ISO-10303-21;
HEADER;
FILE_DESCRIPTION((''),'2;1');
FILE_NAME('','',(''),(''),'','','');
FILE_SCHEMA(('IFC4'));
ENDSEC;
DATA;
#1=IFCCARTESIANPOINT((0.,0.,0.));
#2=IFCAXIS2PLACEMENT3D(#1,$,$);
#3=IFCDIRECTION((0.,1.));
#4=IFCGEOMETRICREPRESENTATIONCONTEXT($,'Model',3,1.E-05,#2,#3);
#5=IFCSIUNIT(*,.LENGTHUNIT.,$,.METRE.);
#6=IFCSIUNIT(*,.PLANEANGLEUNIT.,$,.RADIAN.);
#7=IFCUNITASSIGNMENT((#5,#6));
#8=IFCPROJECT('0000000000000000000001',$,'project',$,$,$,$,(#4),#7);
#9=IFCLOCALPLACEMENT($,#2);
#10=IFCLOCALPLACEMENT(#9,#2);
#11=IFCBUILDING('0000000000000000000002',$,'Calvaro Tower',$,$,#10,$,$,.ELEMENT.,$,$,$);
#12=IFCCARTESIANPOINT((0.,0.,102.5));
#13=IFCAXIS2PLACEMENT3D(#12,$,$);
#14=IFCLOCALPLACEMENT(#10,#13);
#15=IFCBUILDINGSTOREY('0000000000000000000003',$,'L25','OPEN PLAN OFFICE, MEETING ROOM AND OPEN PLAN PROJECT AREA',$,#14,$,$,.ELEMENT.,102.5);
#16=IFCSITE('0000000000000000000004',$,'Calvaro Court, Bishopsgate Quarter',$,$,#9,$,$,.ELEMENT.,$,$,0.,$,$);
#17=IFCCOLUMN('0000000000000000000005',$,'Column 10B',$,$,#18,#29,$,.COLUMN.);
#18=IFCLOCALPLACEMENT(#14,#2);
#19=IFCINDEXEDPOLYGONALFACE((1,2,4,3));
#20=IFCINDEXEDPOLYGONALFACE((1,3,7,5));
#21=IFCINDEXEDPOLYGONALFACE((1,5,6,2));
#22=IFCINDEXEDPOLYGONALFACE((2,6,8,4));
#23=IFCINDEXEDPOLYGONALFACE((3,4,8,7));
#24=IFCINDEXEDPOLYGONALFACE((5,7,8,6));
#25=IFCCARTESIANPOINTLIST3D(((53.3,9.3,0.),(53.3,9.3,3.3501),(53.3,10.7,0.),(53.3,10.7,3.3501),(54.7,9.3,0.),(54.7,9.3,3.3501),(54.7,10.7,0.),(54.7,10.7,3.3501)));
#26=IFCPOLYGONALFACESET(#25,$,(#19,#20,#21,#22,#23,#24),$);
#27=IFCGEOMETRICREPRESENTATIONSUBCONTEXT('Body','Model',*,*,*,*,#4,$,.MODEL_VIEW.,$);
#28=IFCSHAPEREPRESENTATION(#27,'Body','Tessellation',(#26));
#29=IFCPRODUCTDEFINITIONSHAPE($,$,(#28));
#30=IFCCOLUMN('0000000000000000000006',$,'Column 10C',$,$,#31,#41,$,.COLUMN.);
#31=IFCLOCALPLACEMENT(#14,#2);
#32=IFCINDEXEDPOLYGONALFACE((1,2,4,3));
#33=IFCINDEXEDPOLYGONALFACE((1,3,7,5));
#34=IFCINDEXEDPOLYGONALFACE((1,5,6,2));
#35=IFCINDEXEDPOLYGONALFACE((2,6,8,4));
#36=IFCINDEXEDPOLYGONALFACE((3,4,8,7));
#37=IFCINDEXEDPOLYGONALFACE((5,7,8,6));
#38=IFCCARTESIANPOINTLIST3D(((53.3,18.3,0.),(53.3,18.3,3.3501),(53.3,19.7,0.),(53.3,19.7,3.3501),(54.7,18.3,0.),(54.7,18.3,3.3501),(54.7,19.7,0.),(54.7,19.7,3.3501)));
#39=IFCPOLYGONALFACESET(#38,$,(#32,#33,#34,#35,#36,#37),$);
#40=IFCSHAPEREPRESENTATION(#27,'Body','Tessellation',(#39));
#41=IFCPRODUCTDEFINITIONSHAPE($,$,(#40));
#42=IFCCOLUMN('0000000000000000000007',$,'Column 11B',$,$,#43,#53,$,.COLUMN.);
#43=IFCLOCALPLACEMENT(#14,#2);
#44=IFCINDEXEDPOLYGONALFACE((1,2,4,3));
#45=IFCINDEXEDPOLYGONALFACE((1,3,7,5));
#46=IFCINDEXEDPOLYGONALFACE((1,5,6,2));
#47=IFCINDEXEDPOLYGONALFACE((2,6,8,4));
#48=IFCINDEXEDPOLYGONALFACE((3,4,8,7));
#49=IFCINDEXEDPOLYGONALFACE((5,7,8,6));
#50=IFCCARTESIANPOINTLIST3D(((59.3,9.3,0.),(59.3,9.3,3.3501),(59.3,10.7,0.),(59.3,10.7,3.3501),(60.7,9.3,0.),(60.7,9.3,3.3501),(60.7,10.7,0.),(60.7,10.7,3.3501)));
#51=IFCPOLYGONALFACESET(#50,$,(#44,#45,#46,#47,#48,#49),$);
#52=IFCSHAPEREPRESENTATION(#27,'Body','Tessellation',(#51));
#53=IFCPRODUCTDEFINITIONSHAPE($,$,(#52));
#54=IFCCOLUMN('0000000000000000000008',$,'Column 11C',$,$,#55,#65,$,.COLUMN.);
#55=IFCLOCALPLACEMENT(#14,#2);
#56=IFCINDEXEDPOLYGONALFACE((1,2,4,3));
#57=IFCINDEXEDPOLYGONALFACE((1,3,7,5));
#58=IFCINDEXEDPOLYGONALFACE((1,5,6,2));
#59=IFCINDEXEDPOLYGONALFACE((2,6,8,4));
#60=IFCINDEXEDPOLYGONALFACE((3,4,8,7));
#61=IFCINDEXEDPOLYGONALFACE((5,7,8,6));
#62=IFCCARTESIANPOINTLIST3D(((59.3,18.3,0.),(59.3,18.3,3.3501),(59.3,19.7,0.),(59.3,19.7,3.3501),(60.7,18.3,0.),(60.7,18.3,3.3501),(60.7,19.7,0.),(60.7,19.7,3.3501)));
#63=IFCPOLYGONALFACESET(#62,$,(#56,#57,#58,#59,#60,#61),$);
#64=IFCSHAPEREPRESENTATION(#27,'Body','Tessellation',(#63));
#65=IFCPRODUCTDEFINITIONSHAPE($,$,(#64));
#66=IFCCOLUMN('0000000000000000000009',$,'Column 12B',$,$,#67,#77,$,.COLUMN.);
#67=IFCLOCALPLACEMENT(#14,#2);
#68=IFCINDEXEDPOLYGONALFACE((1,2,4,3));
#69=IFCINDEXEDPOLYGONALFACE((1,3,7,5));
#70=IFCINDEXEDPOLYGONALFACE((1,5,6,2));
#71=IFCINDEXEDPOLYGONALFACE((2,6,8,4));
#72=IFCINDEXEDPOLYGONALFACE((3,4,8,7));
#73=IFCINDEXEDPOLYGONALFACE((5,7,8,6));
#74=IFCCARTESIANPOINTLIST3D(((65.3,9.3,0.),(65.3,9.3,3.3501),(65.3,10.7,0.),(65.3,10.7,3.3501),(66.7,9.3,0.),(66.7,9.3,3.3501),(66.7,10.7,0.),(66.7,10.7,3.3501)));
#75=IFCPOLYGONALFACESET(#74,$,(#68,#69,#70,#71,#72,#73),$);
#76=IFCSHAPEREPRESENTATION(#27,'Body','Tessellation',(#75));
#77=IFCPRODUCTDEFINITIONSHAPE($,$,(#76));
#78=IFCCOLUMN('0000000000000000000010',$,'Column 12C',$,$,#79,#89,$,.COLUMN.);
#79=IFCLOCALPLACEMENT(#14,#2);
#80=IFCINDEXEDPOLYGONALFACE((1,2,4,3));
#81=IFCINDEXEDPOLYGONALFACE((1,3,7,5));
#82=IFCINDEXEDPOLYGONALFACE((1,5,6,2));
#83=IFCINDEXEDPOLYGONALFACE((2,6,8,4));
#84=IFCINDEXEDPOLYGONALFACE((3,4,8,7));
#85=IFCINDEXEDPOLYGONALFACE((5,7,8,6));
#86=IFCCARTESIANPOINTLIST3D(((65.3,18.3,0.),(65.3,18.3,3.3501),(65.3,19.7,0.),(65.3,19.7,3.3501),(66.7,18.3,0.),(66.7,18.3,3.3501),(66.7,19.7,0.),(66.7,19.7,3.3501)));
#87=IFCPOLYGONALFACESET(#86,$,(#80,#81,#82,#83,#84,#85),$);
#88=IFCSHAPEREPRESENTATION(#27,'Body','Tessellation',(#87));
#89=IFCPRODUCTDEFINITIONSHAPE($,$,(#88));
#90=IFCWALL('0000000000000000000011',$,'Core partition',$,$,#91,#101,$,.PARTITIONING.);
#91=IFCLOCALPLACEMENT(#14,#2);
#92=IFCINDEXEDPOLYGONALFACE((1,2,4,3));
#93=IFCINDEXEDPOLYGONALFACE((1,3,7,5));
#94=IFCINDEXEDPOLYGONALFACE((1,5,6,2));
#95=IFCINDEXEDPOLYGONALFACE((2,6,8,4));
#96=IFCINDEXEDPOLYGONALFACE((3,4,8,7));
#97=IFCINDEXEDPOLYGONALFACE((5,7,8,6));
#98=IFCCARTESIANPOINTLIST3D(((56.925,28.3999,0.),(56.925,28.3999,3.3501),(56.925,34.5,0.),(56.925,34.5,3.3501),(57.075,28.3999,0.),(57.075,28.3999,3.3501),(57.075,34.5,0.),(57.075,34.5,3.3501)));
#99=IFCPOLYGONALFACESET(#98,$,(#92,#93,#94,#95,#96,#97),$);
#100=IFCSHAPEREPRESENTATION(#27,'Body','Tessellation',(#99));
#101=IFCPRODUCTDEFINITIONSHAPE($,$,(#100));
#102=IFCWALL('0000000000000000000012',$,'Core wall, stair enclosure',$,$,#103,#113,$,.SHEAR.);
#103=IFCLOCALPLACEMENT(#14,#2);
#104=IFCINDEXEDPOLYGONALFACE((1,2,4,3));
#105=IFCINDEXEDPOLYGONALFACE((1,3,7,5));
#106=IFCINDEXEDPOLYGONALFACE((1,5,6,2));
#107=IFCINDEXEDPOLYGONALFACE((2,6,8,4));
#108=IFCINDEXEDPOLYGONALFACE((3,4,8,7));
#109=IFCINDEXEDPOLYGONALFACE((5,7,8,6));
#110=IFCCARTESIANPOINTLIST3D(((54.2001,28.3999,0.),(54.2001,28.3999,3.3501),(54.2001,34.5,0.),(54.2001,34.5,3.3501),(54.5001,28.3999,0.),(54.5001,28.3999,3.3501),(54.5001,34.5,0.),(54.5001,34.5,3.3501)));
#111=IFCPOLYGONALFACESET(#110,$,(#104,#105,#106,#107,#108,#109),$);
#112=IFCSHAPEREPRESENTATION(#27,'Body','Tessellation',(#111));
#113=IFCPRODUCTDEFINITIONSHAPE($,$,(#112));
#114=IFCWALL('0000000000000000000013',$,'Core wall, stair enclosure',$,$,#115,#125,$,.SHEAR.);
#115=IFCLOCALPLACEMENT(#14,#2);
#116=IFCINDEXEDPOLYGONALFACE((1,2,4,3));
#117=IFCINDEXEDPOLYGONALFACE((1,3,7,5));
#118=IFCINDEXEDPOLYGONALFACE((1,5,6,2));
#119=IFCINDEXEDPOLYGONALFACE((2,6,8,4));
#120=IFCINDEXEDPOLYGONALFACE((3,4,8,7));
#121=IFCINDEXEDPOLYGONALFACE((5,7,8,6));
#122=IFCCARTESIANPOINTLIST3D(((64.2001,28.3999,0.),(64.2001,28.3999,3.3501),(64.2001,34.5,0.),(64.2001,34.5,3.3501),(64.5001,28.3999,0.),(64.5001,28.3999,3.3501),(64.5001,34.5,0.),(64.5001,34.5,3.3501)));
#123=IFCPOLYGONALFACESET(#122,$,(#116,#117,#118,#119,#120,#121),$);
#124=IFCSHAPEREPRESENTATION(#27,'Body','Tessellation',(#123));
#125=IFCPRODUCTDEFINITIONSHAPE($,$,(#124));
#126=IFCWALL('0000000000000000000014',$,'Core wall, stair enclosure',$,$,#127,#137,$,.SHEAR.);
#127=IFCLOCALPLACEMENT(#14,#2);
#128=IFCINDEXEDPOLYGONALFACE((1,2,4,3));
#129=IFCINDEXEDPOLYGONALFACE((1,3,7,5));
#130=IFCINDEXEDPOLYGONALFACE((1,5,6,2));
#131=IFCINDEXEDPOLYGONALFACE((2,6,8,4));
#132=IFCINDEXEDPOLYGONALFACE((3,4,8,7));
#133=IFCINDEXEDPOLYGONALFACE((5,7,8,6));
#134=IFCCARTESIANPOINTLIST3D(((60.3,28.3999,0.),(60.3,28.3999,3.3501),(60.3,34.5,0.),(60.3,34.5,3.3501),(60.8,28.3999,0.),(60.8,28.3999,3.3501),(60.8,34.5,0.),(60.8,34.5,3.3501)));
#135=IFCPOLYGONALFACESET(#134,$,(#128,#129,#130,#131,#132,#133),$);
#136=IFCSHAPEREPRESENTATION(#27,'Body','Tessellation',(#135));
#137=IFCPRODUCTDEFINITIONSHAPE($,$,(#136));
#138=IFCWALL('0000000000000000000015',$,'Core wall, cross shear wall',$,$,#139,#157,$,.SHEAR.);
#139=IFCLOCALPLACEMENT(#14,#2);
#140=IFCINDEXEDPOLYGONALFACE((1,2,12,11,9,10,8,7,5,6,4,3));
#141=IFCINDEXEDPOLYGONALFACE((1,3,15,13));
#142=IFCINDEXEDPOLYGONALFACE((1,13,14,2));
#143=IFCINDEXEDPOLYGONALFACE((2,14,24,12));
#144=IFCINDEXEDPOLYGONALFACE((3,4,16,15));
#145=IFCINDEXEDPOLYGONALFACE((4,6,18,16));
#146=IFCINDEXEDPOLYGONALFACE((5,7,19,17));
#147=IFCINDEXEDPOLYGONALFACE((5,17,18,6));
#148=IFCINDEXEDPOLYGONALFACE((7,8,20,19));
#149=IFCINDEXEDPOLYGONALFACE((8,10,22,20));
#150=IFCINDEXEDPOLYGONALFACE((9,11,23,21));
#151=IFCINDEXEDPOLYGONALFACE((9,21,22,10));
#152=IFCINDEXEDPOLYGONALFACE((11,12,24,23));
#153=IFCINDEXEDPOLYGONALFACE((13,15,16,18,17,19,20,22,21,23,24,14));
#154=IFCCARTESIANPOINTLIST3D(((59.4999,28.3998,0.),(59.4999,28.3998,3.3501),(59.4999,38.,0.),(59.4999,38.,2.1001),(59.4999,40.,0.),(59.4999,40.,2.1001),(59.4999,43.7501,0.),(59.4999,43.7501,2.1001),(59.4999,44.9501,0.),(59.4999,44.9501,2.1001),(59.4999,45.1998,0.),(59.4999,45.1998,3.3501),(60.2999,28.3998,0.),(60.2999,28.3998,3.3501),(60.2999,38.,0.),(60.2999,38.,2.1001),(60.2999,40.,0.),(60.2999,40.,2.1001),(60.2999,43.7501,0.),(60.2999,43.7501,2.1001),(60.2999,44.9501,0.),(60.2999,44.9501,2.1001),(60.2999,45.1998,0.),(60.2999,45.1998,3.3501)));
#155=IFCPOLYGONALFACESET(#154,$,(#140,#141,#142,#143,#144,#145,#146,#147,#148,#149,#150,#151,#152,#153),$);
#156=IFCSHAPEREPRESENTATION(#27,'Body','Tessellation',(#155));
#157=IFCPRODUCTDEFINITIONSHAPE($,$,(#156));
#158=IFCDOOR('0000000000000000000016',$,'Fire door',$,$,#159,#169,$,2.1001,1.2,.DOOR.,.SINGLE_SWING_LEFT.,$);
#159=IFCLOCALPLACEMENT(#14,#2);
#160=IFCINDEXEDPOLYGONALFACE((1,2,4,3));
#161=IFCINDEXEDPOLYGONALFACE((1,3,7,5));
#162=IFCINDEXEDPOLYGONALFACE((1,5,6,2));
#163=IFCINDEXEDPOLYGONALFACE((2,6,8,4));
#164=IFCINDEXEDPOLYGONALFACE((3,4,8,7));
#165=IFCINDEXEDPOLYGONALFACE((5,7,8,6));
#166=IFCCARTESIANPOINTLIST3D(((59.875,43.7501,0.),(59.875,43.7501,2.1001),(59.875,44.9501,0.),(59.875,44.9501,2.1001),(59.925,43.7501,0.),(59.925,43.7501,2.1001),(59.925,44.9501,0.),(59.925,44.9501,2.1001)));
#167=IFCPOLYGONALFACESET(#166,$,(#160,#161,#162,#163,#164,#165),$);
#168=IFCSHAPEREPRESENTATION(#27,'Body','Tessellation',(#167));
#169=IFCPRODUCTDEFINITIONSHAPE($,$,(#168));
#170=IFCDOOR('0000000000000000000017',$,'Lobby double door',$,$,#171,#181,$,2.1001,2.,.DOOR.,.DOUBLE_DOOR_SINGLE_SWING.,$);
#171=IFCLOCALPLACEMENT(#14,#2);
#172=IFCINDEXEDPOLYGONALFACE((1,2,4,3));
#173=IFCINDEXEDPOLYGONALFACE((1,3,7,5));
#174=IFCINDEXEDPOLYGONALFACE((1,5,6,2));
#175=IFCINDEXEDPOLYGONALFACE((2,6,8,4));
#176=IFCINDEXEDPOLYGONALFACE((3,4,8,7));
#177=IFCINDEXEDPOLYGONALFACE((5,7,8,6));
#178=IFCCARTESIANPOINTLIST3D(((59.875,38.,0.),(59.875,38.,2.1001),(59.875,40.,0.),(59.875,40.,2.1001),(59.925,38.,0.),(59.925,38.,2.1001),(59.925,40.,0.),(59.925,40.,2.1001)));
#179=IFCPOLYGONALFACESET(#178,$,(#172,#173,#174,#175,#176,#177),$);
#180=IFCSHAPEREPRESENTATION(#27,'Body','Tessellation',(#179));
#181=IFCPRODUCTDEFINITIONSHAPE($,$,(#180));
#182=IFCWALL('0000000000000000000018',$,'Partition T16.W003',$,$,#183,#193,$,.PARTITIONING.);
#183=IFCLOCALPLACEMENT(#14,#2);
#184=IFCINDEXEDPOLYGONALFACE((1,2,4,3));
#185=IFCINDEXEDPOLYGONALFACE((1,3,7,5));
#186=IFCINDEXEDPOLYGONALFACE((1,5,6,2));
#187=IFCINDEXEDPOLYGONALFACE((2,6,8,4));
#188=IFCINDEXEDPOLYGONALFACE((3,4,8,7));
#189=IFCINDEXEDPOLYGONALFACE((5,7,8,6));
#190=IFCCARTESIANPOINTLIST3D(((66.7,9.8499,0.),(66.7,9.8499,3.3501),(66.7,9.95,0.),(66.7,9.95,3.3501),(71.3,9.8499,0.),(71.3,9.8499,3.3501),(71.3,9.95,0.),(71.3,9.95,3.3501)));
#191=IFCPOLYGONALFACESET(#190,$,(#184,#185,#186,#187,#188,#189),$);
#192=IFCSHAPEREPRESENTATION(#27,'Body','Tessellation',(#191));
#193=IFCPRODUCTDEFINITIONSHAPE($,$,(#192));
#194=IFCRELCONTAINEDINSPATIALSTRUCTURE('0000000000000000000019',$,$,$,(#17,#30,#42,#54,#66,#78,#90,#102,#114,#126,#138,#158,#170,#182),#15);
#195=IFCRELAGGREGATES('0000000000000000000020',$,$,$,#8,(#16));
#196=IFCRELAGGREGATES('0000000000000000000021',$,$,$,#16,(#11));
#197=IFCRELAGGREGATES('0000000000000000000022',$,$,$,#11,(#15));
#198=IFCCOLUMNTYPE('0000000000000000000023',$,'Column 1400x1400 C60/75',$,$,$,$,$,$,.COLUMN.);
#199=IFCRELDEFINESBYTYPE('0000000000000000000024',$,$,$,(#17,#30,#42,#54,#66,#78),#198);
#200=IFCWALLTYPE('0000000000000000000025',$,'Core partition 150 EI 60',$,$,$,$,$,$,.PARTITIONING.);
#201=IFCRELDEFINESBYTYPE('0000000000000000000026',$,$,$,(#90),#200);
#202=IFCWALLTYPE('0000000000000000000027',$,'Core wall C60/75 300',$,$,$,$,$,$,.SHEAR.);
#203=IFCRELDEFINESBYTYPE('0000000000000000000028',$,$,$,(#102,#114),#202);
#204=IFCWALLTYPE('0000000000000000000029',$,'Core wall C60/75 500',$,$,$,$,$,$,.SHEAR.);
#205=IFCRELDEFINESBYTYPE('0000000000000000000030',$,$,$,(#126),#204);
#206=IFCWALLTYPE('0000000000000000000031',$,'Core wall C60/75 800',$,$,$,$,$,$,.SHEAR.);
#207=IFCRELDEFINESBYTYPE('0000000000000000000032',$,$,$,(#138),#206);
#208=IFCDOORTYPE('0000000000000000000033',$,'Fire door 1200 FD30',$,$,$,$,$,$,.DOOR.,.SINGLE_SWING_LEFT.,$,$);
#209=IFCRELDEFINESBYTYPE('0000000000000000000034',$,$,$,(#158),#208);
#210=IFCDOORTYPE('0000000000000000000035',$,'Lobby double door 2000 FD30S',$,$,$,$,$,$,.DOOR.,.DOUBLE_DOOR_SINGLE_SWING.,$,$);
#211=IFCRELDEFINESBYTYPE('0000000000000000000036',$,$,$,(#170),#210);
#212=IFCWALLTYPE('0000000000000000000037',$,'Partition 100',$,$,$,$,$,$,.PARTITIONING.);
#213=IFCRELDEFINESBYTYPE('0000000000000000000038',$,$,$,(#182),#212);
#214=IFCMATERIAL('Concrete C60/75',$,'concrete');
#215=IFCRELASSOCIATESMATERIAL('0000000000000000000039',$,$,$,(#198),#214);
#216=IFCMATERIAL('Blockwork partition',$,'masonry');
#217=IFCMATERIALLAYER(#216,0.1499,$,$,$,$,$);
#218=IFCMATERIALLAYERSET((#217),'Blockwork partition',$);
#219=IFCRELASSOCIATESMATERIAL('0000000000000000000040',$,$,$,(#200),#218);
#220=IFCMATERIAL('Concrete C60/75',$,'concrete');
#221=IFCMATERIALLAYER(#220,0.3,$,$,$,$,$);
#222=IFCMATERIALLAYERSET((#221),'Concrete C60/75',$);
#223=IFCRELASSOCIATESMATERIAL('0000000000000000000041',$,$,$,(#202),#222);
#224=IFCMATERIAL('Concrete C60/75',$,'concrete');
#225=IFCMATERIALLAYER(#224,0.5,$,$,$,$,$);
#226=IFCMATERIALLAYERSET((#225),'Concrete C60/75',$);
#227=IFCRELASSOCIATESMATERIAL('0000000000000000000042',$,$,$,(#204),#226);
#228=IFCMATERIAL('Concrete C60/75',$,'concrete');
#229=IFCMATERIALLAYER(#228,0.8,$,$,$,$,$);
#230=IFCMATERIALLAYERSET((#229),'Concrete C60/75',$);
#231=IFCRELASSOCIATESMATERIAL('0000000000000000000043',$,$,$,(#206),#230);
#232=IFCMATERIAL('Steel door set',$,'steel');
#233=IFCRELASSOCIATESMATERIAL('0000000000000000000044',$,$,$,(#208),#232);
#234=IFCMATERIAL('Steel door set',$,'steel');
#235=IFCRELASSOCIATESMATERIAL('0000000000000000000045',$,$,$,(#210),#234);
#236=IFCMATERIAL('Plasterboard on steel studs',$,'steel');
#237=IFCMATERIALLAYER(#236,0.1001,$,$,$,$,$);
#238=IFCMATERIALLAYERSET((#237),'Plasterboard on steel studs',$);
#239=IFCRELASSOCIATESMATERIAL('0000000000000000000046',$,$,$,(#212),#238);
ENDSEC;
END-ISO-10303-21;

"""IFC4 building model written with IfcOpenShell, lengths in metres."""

from ifc_helpers import new_model, si_unit, direction, frame, frame_2d, origin, origin_2d, place, context, subcontext, project, spatial, rectangle, extrude, material, layer, layer_set, material_profile, profile_set, type_object, element, fill, save


model = new_model("IFC4")

# Units and contexts
model_context = context("Model", 3, precision=1e-05, world=origin(), true_north=direction((0.0, 1.0)))
body_context = subcontext(model_context, "Body", "Model", "MODEL_VIEW")
ifc_project = project(units=[si_unit("LENGTHUNIT", "METRE"), si_unit("PLANEANGLEUNIT", "RADIAN")], contexts=[model_context])

# Site, building, storey
site_placement = place(None, origin())
site = spatial("IfcSite", under=ifc_project, at=site_placement, Name="Calvaro Court, Bishopsgate Quarter", CompositionType="ELEMENT", RefElevation=0.0)
building_placement = place(site_placement, origin())
building = spatial("IfcBuilding", under=site, at=building_placement, Name="Calvaro Tower", CompositionType="ELEMENT")
storey_placement = place(building_placement, frame((0.0, 0.0, 102.5)))
storey = spatial("IfcBuildingStorey", under=building, at=storey_placement, Name="L25", Description="OPEN PLAN OFFICE, MEETING ROOM AND OPEN PLAN PROJECT AREA", CompositionType="ELEMENT", Elevation=102.5)

# Columns
ifc_material_1 = material(Name="Concrete C60/75", Category="concrete")
ifc_material_profile = material_profile(ifc_material_1, rectangle(XDim=1.3999, YDim=1.3999, at=origin_2d()), Name="RC 1400x1400")
ifc_profile_set = profile_set([ifc_material_profile], Name="Concrete C60/75")
column_type = type_object("IfcColumnType", Name="Column 1400x1400 C60/75", PredefinedType="COLUMN", material=ifc_profile_set)
for number, where, z_axis, x_axis, name in (
    (1, (54.0, 10.0, 0.0), (0.0, 0.0, 1.0), (1.0, 0.0, 0.0), "Column 10B"),
    (2, (54.0, 19.0, 0.0), (0.0, 0.0, 1.0), (1.0, 0.0, 0.0), "Column 10C"),
    (3, (60.0, 10.0, 0.0), (0.0, 0.0, 1.0), (1.0, 0.0, 0.0), "Column 11B"),
    (4, (60.0, 19.0, 0.0), (0.0, 0.0, 1.0), (1.0, 0.0, 0.0), "Column 11C"),
    (5, (66.0, 10.0, 0.0), (0.0, 0.0, 1.0), (1.0, 0.0, 0.0), "Column 12B"),
    (6, (66.0, 19.0, 0.0), (0.0, 0.0, 1.0), (1.0, 0.0, 0.0), "Column 12C"),
):
    element("IfcColumn", number, at=place(storey_placement, frame(where, z_axis=z_axis, x_axis=x_axis)), inside=storey, type_object=column_type, Name=name, PredefinedType="COLUMN", context=body_context, shape_type="SweptSolid", body=[
        extrude(rectangle(XDim=1.3999, YDim=1.3999, at=origin_2d()), origin(), (0.0, 0.0, 1.0), 3.3501),
    ])

# Walls
ifc_material_2 = material(Name="Blockwork partition", Category="masonry")
ifc_layer_1 = layer(ifc_material_2, 0.1499)
ifc_layer_set_1 = layer_set([ifc_layer_1], Name="Blockwork partition")
wall_type_1 = type_object("IfcWallType", Name="Core partition 150 EI 60", PredefinedType="PARTITIONING", material=ifc_layer_set_1)
wall_1_placement = place(storey_placement, frame((57.0, 28.3999, 0.0), z_axis=(0.0, 0.0, 1.0), x_axis=(0.0, 1.0, 0.0)))
element("IfcWall", 7, at=wall_1_placement, inside=storey, type_object=wall_type_1, Name="Core partition", PredefinedType="PARTITIONING", context=body_context, shape_type="SweptSolid", body=[
    extrude(rectangle(XDim=6.1001, YDim=0.1499, at=frame_2d((3.05, 0.0))), origin(), (0.0, 0.0, 1.0), 3.3501),
])
ifc_material_3 = material(Name="Concrete C60/75", Category="concrete")
ifc_layer_2 = layer(ifc_material_3, 0.3)
ifc_layer_set_2 = layer_set([ifc_layer_2], Name="Concrete C60/75")
wall_type_2 = type_object("IfcWallType", Name="Core wall C60/75 300", PredefinedType="SHEAR", material=ifc_layer_set_2)
for number, where, z_axis, x_axis, name in (
    (8, (54.3501, 28.3999, 0.0), (0.0, 0.0, 1.0), (0.0, 1.0, 0.0), "Core wall, stair enclosure"),
    (9, (64.3501, 28.3999, 0.0), (0.0, 0.0, 1.0), (0.0, 1.0, 0.0), "Core wall, stair enclosure"),
):
    element("IfcWall", number, at=place(storey_placement, frame(where, z_axis=z_axis, x_axis=x_axis)), inside=storey, type_object=wall_type_2, Name=name, PredefinedType="SHEAR", context=body_context, shape_type="SweptSolid", body=[
        extrude(rectangle(XDim=6.1001, YDim=0.3, at=frame_2d((3.05, 0.0))), origin(), (0.0, 0.0, 1.0), 3.3501),
    ])
ifc_material_4 = material(Name="Concrete C60/75", Category="concrete")
ifc_layer_3 = layer(ifc_material_4, 0.5)
ifc_layer_set_3 = layer_set([ifc_layer_3], Name="Concrete C60/75")
wall_type_3 = type_object("IfcWallType", Name="Core wall C60/75 500", PredefinedType="SHEAR", material=ifc_layer_set_3)
wall_2_placement = place(storey_placement, frame((60.55, 28.3999, 0.0), z_axis=(0.0, 0.0, 1.0), x_axis=(0.0, 1.0, 0.0)))
element("IfcWall", 10, at=wall_2_placement, inside=storey, type_object=wall_type_3, Name="Core wall, stair enclosure", PredefinedType="SHEAR", context=body_context, shape_type="SweptSolid", body=[
    extrude(rectangle(XDim=6.1001, YDim=0.5, at=frame_2d((3.05, 0.0))), origin(), (0.0, 0.0, 1.0), 3.3501),
])

# Wall, openings, doors
ifc_material_5 = material(Name="Concrete C60/75", Category="concrete")
ifc_layer_4 = layer(ifc_material_5, 0.8)
ifc_layer_set_4 = layer_set([ifc_layer_4], Name="Concrete C60/75")
wall_type_4 = type_object("IfcWallType", Name="Core wall C60/75 800", PredefinedType="SHEAR", material=ifc_layer_set_4)
wall_3_placement = place(storey_placement, frame((59.8999, 28.3999, 0.0), z_axis=(0.0, 0.0, 1.0), x_axis=(0.0, 1.0, 0.0)))
wall_3 = element("IfcWall", 11, at=wall_3_placement, inside=storey, type_object=wall_type_4, Name="Core wall, cross shear wall", PredefinedType="SHEAR", context=body_context, shape_type="SweptSolid", body=[
    extrude(rectangle(XDim=16.8, YDim=0.8, at=frame_2d((8.3999, 0.0))), origin(), (0.0, 0.0, 1.0), 3.3501),
])
opening_1_placement = place(wall_3_placement, frame((9.6001, 0.0, 0.0)))
opening_1 = element("IfcOpeningElement", 12, at=opening_1_placement, cuts=wall_3, PredefinedType="OPENING", context=body_context, shape_type="SweptSolid", body=[
    extrude(rectangle(XDim=2.0, YDim=2.1001, at=frame_2d((1.0, 1.05))), frame((0.0, 0.4099, 0.0), z_axis=(0.0, -1.0, 0.0), x_axis=(1.0, 0.0, 0.0)), (0.0, 0.0, 1.0), 0.8201),
])
opening_2_placement = place(wall_3_placement, frame((15.3501, 0.0, 0.0)))
opening_2 = element("IfcOpeningElement", 13, at=opening_2_placement, cuts=wall_3, PredefinedType="OPENING", context=body_context, shape_type="SweptSolid", body=[
    extrude(rectangle(XDim=1.2, YDim=2.1001, at=frame_2d((0.6001, 1.05))), frame((0.0, 0.4099, 0.0), z_axis=(0.0, -1.0, 0.0), x_axis=(1.0, 0.0, 0.0)), (0.0, 0.0, 1.0), 0.8201),
])
ifc_material_6 = material(Name="Steel door set", Category="steel")
door_type_1 = type_object("IfcDoorType", Name="Fire door 1200 FD30", OperationType="SINGLE_SWING_LEFT", PredefinedType="DOOR", material=ifc_material_6)
door_1_placement = place(opening_2_placement, origin())
door_1 = element("IfcDoor", 14, at=door_1_placement, inside=storey, type_object=door_type_1, Name="Fire door", OperationType="SINGLE_SWING_LEFT", OverallHeight=2.1001, OverallWidth=1.2, PredefinedType="DOOR", context=body_context, shape_type="SweptSolid", body=[
    extrude(rectangle(XDim=1.2, YDim=2.1001, at=frame_2d((0.6001, 1.05))), frame((0.0, 0.0249, 0.0), z_axis=(0.0, -1.0, 0.0), x_axis=(1.0, 0.0, 0.0)), (0.0, 0.0, 1.0), 0.05),
])
fill(opening_2, door_1)
ifc_material_7 = material(Name="Steel door set", Category="steel")
door_type_2 = type_object("IfcDoorType", Name="Lobby double door 2000 FD30S", OperationType="DOUBLE_DOOR_SINGLE_SWING", PredefinedType="DOOR", material=ifc_material_7)
door_2_placement = place(opening_1_placement, origin())
door_2 = element("IfcDoor", 15, at=door_2_placement, inside=storey, type_object=door_type_2, Name="Lobby double door", OperationType="DOUBLE_DOOR_SINGLE_SWING", OverallHeight=2.1001, OverallWidth=2.0, PredefinedType="DOOR", context=body_context, shape_type="SweptSolid", body=[
    extrude(rectangle(XDim=2.0, YDim=2.1001, at=frame_2d((1.0, 1.05))), frame((0.0, 0.0249, 0.0), z_axis=(0.0, -1.0, 0.0), x_axis=(1.0, 0.0, 0.0)), (0.0, 0.0, 1.0), 0.05),
])
fill(opening_1, door_2)

# Wall
ifc_material_8 = material(Name="Plasterboard on steel studs", Category="steel")
ifc_layer_5 = layer(ifc_material_8, 0.1001)
ifc_layer_set_5 = layer_set([ifc_layer_5], Name="Plasterboard on steel studs")
wall_type_5 = type_object("IfcWallType", Name="Partition 100", PredefinedType="PARTITIONING", material=ifc_layer_set_5)
for number, where, z_axis, x_axis, name in (
    (16, (66.7, 9.8999, 0.0), (0.0, 0.0, 1.0), (1.0, 0.0, 0.0), "Partition T16.W003"),
):
    element("IfcWall", number, at=place(storey_placement, frame(where, z_axis=z_axis, x_axis=x_axis)), inside=storey, type_object=wall_type_5, Name=name, PredefinedType="PARTITIONING", context=body_context, shape_type="SweptSolid", body=[
        extrude(rectangle(XDim=4.6001, YDim=0.1001, at=frame_2d((2.3, 0.0))), origin(), (0.0, 0.0, 1.0), 3.3501),
    ])

save(model, "model.ifc")
